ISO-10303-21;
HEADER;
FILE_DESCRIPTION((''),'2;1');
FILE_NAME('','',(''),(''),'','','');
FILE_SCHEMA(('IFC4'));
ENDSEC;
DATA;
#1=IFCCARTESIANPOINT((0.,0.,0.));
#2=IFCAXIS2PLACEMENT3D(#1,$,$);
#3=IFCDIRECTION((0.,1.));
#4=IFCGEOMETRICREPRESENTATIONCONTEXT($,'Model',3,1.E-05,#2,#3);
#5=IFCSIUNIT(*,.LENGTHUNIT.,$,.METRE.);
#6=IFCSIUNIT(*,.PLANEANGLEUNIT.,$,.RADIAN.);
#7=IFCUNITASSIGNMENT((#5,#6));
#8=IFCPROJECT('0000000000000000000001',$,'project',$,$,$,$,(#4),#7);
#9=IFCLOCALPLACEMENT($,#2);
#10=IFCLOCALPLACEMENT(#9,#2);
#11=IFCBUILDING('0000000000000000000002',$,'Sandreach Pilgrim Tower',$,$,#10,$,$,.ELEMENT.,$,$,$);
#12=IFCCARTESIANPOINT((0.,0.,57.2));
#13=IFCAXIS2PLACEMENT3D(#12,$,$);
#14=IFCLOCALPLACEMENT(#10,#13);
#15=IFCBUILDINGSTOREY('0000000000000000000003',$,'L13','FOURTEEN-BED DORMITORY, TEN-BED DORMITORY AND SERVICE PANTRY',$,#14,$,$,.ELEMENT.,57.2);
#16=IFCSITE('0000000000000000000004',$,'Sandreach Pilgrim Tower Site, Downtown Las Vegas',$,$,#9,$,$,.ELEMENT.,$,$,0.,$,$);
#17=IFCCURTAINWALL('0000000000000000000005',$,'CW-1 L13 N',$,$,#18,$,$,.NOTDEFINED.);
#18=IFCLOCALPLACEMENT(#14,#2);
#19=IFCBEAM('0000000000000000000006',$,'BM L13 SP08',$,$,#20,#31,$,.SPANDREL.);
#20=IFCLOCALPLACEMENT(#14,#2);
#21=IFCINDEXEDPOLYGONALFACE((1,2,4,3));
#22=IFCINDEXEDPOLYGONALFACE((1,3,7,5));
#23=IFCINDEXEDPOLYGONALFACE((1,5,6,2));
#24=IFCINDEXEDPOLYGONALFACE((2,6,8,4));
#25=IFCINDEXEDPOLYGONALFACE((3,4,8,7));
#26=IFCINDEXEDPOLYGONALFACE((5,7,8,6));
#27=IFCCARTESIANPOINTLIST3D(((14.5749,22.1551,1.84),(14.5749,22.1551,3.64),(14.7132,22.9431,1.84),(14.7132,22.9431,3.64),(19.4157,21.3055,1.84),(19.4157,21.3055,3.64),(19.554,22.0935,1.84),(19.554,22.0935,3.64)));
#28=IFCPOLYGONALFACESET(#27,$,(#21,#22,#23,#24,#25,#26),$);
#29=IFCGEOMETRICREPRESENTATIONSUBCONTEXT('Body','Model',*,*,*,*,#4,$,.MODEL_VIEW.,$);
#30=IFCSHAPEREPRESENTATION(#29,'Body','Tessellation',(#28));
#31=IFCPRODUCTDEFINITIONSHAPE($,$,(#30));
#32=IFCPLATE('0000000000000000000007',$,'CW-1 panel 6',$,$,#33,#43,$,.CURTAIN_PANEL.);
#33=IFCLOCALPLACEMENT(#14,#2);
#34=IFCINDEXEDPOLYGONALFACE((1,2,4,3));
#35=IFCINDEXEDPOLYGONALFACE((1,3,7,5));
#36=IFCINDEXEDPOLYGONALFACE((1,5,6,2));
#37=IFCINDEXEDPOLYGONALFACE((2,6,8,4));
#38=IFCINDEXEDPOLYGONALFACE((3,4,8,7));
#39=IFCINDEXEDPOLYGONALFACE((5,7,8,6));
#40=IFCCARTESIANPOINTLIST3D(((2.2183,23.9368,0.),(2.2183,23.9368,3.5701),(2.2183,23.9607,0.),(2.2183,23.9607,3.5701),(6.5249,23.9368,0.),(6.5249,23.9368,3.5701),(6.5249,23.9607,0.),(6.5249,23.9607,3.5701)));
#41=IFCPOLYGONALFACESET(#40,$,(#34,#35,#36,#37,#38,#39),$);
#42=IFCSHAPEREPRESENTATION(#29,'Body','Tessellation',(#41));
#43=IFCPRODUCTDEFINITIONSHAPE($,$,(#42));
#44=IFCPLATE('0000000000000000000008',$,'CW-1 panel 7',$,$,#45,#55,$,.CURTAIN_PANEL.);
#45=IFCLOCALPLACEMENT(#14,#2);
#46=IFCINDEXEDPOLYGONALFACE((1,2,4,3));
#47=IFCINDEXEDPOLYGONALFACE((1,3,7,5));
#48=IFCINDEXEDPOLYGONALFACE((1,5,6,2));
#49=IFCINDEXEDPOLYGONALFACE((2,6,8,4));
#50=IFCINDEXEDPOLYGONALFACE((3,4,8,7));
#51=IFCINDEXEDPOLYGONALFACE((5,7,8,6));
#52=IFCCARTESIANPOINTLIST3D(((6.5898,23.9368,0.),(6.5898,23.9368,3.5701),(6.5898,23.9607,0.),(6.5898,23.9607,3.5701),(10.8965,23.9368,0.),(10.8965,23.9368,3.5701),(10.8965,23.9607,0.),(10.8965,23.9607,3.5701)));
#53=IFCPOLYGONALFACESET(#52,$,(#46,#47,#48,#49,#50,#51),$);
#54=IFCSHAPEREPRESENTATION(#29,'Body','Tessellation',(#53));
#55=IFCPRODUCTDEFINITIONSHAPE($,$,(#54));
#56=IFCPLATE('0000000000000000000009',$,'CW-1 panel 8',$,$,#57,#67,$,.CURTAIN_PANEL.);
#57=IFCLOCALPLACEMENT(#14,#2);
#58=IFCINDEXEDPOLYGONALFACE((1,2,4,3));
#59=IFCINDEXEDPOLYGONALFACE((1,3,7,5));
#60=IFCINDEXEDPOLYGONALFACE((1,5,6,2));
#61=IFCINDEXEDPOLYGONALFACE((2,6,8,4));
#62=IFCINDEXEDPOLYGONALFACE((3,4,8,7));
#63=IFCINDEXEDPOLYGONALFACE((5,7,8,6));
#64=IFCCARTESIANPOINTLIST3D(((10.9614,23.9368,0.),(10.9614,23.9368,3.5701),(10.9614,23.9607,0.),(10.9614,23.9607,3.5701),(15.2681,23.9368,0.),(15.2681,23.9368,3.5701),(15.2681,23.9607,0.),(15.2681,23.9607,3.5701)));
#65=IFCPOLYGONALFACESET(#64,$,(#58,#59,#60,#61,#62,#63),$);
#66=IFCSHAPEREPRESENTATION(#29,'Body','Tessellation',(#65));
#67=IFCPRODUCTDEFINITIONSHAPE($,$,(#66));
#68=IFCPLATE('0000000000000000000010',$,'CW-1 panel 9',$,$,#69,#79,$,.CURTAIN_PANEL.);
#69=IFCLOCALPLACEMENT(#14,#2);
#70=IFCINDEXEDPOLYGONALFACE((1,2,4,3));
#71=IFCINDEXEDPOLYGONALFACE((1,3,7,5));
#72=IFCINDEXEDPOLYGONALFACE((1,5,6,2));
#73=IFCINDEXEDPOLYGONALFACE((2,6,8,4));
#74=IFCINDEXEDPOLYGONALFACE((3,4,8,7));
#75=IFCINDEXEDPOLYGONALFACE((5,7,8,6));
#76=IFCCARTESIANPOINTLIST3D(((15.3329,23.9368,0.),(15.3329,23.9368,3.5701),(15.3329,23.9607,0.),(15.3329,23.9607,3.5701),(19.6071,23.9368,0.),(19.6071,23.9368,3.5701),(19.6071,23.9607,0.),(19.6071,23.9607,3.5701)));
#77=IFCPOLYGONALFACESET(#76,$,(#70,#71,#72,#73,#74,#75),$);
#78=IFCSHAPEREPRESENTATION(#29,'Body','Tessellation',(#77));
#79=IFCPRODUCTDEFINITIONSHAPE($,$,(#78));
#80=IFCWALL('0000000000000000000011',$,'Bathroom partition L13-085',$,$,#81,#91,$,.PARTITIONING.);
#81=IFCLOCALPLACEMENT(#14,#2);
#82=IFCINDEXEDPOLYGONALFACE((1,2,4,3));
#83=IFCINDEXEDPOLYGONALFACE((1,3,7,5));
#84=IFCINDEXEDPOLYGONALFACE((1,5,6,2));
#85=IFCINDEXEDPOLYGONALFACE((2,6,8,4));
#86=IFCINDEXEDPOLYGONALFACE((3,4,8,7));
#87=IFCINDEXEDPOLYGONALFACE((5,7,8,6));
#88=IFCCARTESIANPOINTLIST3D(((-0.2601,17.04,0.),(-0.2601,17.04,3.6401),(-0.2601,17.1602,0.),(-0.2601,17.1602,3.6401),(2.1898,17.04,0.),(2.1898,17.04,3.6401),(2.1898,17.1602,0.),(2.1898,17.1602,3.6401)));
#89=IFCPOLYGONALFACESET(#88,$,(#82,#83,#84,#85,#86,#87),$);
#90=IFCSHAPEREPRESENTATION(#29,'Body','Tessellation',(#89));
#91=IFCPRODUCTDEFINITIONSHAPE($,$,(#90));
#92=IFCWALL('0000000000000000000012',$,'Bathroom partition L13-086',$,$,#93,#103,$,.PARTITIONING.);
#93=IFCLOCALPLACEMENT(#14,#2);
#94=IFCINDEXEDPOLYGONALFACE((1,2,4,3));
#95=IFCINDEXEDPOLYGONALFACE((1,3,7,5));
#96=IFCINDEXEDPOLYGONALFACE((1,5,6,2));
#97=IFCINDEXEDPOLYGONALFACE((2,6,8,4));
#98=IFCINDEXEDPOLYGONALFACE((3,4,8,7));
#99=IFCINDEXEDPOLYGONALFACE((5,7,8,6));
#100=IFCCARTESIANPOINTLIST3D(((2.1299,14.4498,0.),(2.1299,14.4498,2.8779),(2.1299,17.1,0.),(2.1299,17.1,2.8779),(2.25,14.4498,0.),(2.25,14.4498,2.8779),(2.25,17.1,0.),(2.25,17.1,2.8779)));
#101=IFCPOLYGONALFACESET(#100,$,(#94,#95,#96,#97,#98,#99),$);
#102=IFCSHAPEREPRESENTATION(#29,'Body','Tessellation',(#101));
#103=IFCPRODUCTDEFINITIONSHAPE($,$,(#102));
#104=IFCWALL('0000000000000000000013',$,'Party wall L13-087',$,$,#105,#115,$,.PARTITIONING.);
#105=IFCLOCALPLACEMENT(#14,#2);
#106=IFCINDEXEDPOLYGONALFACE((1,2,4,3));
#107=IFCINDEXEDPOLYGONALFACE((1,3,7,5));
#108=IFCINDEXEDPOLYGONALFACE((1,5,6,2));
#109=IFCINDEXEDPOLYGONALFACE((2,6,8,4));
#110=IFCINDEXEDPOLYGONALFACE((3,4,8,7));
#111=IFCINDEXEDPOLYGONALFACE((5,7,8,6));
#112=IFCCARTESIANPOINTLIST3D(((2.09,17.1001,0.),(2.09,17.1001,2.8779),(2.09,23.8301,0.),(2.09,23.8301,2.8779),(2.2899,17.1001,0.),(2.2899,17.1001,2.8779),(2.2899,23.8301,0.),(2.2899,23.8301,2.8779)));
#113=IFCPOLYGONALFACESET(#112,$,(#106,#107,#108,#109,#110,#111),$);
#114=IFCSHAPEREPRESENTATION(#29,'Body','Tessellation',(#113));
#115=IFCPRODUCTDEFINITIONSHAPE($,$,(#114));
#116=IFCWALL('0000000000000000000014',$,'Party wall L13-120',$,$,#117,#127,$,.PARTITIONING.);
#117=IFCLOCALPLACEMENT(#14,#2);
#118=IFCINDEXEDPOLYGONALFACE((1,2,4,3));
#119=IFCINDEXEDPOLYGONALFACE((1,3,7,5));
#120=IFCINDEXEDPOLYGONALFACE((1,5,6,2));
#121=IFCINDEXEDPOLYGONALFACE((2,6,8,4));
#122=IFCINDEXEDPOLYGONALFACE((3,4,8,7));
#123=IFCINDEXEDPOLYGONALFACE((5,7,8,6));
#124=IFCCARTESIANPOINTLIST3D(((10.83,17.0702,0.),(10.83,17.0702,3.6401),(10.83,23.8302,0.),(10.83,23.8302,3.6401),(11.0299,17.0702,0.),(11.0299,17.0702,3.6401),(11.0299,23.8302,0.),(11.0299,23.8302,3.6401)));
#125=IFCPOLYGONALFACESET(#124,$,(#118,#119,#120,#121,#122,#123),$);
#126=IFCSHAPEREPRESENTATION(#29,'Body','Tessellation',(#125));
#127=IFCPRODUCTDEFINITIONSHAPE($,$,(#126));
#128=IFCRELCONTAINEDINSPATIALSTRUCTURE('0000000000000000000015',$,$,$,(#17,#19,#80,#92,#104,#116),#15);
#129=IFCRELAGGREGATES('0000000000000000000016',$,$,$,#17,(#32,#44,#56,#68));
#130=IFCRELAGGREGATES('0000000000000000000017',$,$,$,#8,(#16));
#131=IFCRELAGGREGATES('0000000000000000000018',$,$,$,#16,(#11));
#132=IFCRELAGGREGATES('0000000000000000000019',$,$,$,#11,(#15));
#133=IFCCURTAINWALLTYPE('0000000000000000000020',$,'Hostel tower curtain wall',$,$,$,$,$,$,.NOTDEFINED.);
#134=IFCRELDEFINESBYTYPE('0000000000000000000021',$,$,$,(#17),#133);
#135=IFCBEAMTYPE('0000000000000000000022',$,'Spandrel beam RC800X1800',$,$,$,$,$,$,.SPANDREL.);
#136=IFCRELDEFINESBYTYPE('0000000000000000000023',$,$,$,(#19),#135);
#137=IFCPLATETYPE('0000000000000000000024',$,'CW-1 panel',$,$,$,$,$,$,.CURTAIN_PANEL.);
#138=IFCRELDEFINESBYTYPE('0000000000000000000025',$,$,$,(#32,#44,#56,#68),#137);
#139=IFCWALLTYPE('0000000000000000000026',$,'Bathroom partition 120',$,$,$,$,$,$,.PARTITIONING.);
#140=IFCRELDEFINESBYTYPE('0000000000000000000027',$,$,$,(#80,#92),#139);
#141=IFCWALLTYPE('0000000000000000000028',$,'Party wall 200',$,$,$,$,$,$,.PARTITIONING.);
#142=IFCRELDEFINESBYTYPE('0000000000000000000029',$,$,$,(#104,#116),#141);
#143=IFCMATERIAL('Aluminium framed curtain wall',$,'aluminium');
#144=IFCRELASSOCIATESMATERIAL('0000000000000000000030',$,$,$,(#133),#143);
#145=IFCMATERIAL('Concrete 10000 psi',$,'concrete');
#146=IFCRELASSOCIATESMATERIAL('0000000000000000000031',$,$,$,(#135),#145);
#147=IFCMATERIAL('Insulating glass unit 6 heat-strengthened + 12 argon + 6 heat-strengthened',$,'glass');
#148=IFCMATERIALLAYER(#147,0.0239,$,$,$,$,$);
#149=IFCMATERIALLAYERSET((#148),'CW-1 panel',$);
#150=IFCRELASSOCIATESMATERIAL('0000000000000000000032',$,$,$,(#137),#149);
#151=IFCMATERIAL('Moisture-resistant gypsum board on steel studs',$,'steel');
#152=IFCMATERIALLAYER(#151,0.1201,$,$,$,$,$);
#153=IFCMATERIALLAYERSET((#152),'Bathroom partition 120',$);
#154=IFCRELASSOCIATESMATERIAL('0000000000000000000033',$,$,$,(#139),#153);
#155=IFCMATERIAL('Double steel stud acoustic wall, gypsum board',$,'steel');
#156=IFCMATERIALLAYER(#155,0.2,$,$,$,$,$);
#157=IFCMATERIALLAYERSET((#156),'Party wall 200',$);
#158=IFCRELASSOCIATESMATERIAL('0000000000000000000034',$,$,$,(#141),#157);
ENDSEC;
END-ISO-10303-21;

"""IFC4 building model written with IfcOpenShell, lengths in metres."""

from ifc_helpers import new_model, si_unit, direction, frame, frame_2d, origin, origin_2d, place, context, subcontext, project, spatial, rectangle, extrude, material, layer, layer_set, material_profile, profile_set, type_object, element, aggregate, save


model = new_model("IFC4")

# Units and contexts
model_context = context("Model", 3, precision=1e-05, world=origin(), true_north=direction((0.0, 1.0)))
body_context = subcontext(model_context, "Body", "Model", "MODEL_VIEW")
ifc_project = project(units=[si_unit("LENGTHUNIT", "METRE"), si_unit("PLANEANGLEUNIT", "RADIAN")], contexts=[model_context])

# Site, building, storey
site_placement = place(None, origin())
site = spatial("IfcSite", under=ifc_project, at=site_placement, Name="Sandreach Pilgrim Tower Site, Downtown Las Vegas", CompositionType="ELEMENT", RefElevation=0.0)
building_placement = place(site_placement, origin())
building = spatial("IfcBuilding", under=site, at=building_placement, Name="Sandreach Pilgrim Tower", CompositionType="ELEMENT")
storey_placement = place(building_placement, frame((0.0, 0.0, 57.2)))
storey = spatial("IfcBuildingStorey", under=building, at=storey_placement, Name="L13", Description="FOURTEEN-BED DORMITORY, TEN-BED DORMITORY AND SERVICE PANTRY", CompositionType="ELEMENT", Elevation=57.2)

# Curtain wall
ifc_material_1 = material(Name="Aluminium framed curtain wall", Category="aluminium")
curtain_wall_type = type_object("IfcCurtainWallType", Name="Hostel tower curtain wall", PredefinedType="NOTDEFINED", material=ifc_material_1)
curtain_wall_placement = place(storey_placement, origin())
curtain_wall = element("IfcCurtainWall", 1, at=curtain_wall_placement, inside=storey, type_object=curtain_wall_type, Name="CW-1 L13 N", PredefinedType="NOTDEFINED")

# Beam
ifc_material_2 = material(Name="Concrete 10000 psi", Category="concrete")
ifc_material_profile_1 = material_profile(ifc_material_2, rectangle(XDim=0.8, YDim=1.8, at=origin_2d()), Name="RC800X1800")
ifc_profile_set_1 = profile_set([ifc_material_profile_1], Name="Concrete 10000 psi")
beam_type_1 = type_object("IfcBeamType", Name="Spandrel beam RC800X1800", PredefinedType="SPANDREL", material=ifc_profile_set_1)
beam_1_placement = place(storey_placement, frame((14.644, 22.5491, 2.74), z_axis=(0.984945, -0.172867, 0.0), x_axis=(0.172867, 0.984945, 0.0)))
element("IfcBeam", 2, at=beam_1_placement, inside=storey, type_object=beam_type_1, Name="BM L13 SP08", PredefinedType="SPANDREL", context=body_context, shape_type="SweptSolid", body=[
    extrude(rectangle(XDim=0.8, YDim=1.8, at=origin_2d()), origin(), (0.0, 0.0, 1.0), 4.9148),
])

# Plates
ifc_material_3 = material(Name="Insulating glass unit 6 heat-strengthened + 12 argon + 6 heat-strengthened", Category="glass")
ifc_layer_1 = layer(ifc_material_3, 0.0239)
ifc_layer_set_1 = layer_set([ifc_layer_1], Name="CW-1 panel")
plate_type = type_object("IfcPlateType", Name="CW-1 panel", PredefinedType="CURTAIN_PANEL", material=ifc_layer_set_1)
plate_1_placement = place(storey_placement, frame((4.3716, 23.9487, 0.0), z_axis=(0.0, 0.0, 1.0), x_axis=(1.0, 0.0, 0.0)))
plate_1 = element("IfcPlate", 3, at=plate_1_placement, type_object=plate_type, Name="CW-1 panel 6", PredefinedType="CURTAIN_PANEL", context=body_context, shape_type="SweptSolid", body=[
    extrude(rectangle(XDim=4.3066, YDim=0.0239, at=origin_2d()), origin(), (0.0, 0.0, 1.0), 3.5701),
])
plate_2_placement = place(storey_placement, frame((8.7432, 23.9487, 0.0), z_axis=(0.0, 0.0, 1.0), x_axis=(1.0, 0.0, 0.0)))
plate_2 = element("IfcPlate", 4, at=plate_2_placement, type_object=plate_type, Name="CW-1 panel 7", PredefinedType="CURTAIN_PANEL", context=body_context, shape_type="SweptSolid", body=[
    extrude(rectangle(XDim=4.3066, YDim=0.0239, at=origin_2d()), origin(), (0.0, 0.0, 1.0), 3.5701),
])
plate_3_placement = place(storey_placement, frame((13.1147, 23.9487, 0.0), z_axis=(0.0, 0.0, 1.0), x_axis=(1.0, 0.0, 0.0)))
plate_3 = element("IfcPlate", 5, at=plate_3_placement, type_object=plate_type, Name="CW-1 panel 8", PredefinedType="CURTAIN_PANEL", context=body_context, shape_type="SweptSolid", body=[
    extrude(rectangle(XDim=4.3066, YDim=0.0239, at=origin_2d()), origin(), (0.0, 0.0, 1.0), 3.5701),
])
plate_4_placement = place(storey_placement, frame((17.47, 23.9487, 0.0), z_axis=(0.0, 0.0, 1.0), x_axis=(1.0, 0.0, 0.0)))
plate_4 = element("IfcPlate", 6, at=plate_4_placement, type_object=plate_type, Name="CW-1 panel 9", PredefinedType="CURTAIN_PANEL", context=body_context, shape_type="SweptSolid", body=[
    extrude(rectangle(XDim=4.2742, YDim=0.0239, at=origin_2d()), origin(), (0.0, 0.0, 1.0), 3.5701),
])
aggregate(curtain_wall, [plate_1, plate_2, plate_3, plate_4])

# Walls
ifc_material_4 = material(Name="Moisture-resistant gypsum board on steel studs", Category="steel")
ifc_layer_2 = layer(ifc_material_4, 0.1201)
ifc_layer_set_2 = layer_set([ifc_layer_2], Name="Bathroom partition 120")
wall_type_1 = type_object("IfcWallType", Name="Bathroom partition 120", PredefinedType="PARTITIONING", material=ifc_layer_set_2)
wall_1_placement = place(storey_placement, frame((2.1899, 17.1001, 0.0), z_axis=(0.0, 0.0, 1.0), x_axis=(-1.0, 0.0, 0.0)))
element("IfcWall", 7, at=wall_1_placement, inside=storey, type_object=wall_type_1, Name="Bathroom partition L13-085", PredefinedType="PARTITIONING", context=body_context, shape_type="SweptSolid", body=[
    extrude(rectangle(XDim=2.45, YDim=0.1201, at=frame_2d((1.2251, 0.0))), origin(), (0.0, 0.0, 1.0), 3.6401),
])
wall_2_placement = place(storey_placement, frame((2.1899, 17.1001, 0.0), z_axis=(0.0, 0.0, 1.0), x_axis=(0.0, -1.0, 0.0)))
element("IfcWall", 8, at=wall_2_placement, inside=storey, type_object=wall_type_1, Name="Bathroom partition L13-086", PredefinedType="PARTITIONING", context=body_context, shape_type="SweptSolid", body=[
    extrude(rectangle(XDim=2.6501, YDim=0.1201, at=frame_2d((1.3252, 0.0))), origin(), (0.0, 0.0, 1.0), 2.8779),
])
ifc_material_5 = material(Name="Double steel stud acoustic wall, gypsum board", Category="steel")
ifc_layer_3 = layer(ifc_material_5, 0.2)
ifc_layer_set_3 = layer_set([ifc_layer_3], Name="Party wall 200")
wall_type_2 = type_object("IfcWallType", Name="Party wall 200", PredefinedType="PARTITIONING", material=ifc_layer_set_3)
wall_3_placement = place(storey_placement, frame((2.1899, 23.8301, 0.0), z_axis=(0.0, 0.0, 1.0), x_axis=(0.0, -1.0, 0.0)))
element("IfcWall", 9, at=wall_3_placement, inside=storey, type_object=wall_type_2, Name="Party wall L13-087", PredefinedType="PARTITIONING", context=body_context, shape_type="SweptSolid", body=[
    extrude(rectangle(XDim=6.73, YDim=0.2, at=frame_2d((3.365, 0.0))), origin(), (0.0, 0.0, 1.0), 2.8779),
])
wall_4_placement = place(storey_placement, frame((10.9299, 23.8301, 0.0), z_axis=(0.0, 0.0, 1.0), x_axis=(0.0, -1.0, 0.0)))
element("IfcWall", 10, at=wall_4_placement, inside=storey, type_object=wall_type_2, Name="Party wall L13-120", PredefinedType="PARTITIONING", context=body_context, shape_type="SweptSolid", body=[
    extrude(rectangle(XDim=6.76, YDim=0.2, at=frame_2d((3.3799, 0.0))), origin(), (0.0, 0.0, 1.0), 3.6401),
])

save(model, "model.ifc")
